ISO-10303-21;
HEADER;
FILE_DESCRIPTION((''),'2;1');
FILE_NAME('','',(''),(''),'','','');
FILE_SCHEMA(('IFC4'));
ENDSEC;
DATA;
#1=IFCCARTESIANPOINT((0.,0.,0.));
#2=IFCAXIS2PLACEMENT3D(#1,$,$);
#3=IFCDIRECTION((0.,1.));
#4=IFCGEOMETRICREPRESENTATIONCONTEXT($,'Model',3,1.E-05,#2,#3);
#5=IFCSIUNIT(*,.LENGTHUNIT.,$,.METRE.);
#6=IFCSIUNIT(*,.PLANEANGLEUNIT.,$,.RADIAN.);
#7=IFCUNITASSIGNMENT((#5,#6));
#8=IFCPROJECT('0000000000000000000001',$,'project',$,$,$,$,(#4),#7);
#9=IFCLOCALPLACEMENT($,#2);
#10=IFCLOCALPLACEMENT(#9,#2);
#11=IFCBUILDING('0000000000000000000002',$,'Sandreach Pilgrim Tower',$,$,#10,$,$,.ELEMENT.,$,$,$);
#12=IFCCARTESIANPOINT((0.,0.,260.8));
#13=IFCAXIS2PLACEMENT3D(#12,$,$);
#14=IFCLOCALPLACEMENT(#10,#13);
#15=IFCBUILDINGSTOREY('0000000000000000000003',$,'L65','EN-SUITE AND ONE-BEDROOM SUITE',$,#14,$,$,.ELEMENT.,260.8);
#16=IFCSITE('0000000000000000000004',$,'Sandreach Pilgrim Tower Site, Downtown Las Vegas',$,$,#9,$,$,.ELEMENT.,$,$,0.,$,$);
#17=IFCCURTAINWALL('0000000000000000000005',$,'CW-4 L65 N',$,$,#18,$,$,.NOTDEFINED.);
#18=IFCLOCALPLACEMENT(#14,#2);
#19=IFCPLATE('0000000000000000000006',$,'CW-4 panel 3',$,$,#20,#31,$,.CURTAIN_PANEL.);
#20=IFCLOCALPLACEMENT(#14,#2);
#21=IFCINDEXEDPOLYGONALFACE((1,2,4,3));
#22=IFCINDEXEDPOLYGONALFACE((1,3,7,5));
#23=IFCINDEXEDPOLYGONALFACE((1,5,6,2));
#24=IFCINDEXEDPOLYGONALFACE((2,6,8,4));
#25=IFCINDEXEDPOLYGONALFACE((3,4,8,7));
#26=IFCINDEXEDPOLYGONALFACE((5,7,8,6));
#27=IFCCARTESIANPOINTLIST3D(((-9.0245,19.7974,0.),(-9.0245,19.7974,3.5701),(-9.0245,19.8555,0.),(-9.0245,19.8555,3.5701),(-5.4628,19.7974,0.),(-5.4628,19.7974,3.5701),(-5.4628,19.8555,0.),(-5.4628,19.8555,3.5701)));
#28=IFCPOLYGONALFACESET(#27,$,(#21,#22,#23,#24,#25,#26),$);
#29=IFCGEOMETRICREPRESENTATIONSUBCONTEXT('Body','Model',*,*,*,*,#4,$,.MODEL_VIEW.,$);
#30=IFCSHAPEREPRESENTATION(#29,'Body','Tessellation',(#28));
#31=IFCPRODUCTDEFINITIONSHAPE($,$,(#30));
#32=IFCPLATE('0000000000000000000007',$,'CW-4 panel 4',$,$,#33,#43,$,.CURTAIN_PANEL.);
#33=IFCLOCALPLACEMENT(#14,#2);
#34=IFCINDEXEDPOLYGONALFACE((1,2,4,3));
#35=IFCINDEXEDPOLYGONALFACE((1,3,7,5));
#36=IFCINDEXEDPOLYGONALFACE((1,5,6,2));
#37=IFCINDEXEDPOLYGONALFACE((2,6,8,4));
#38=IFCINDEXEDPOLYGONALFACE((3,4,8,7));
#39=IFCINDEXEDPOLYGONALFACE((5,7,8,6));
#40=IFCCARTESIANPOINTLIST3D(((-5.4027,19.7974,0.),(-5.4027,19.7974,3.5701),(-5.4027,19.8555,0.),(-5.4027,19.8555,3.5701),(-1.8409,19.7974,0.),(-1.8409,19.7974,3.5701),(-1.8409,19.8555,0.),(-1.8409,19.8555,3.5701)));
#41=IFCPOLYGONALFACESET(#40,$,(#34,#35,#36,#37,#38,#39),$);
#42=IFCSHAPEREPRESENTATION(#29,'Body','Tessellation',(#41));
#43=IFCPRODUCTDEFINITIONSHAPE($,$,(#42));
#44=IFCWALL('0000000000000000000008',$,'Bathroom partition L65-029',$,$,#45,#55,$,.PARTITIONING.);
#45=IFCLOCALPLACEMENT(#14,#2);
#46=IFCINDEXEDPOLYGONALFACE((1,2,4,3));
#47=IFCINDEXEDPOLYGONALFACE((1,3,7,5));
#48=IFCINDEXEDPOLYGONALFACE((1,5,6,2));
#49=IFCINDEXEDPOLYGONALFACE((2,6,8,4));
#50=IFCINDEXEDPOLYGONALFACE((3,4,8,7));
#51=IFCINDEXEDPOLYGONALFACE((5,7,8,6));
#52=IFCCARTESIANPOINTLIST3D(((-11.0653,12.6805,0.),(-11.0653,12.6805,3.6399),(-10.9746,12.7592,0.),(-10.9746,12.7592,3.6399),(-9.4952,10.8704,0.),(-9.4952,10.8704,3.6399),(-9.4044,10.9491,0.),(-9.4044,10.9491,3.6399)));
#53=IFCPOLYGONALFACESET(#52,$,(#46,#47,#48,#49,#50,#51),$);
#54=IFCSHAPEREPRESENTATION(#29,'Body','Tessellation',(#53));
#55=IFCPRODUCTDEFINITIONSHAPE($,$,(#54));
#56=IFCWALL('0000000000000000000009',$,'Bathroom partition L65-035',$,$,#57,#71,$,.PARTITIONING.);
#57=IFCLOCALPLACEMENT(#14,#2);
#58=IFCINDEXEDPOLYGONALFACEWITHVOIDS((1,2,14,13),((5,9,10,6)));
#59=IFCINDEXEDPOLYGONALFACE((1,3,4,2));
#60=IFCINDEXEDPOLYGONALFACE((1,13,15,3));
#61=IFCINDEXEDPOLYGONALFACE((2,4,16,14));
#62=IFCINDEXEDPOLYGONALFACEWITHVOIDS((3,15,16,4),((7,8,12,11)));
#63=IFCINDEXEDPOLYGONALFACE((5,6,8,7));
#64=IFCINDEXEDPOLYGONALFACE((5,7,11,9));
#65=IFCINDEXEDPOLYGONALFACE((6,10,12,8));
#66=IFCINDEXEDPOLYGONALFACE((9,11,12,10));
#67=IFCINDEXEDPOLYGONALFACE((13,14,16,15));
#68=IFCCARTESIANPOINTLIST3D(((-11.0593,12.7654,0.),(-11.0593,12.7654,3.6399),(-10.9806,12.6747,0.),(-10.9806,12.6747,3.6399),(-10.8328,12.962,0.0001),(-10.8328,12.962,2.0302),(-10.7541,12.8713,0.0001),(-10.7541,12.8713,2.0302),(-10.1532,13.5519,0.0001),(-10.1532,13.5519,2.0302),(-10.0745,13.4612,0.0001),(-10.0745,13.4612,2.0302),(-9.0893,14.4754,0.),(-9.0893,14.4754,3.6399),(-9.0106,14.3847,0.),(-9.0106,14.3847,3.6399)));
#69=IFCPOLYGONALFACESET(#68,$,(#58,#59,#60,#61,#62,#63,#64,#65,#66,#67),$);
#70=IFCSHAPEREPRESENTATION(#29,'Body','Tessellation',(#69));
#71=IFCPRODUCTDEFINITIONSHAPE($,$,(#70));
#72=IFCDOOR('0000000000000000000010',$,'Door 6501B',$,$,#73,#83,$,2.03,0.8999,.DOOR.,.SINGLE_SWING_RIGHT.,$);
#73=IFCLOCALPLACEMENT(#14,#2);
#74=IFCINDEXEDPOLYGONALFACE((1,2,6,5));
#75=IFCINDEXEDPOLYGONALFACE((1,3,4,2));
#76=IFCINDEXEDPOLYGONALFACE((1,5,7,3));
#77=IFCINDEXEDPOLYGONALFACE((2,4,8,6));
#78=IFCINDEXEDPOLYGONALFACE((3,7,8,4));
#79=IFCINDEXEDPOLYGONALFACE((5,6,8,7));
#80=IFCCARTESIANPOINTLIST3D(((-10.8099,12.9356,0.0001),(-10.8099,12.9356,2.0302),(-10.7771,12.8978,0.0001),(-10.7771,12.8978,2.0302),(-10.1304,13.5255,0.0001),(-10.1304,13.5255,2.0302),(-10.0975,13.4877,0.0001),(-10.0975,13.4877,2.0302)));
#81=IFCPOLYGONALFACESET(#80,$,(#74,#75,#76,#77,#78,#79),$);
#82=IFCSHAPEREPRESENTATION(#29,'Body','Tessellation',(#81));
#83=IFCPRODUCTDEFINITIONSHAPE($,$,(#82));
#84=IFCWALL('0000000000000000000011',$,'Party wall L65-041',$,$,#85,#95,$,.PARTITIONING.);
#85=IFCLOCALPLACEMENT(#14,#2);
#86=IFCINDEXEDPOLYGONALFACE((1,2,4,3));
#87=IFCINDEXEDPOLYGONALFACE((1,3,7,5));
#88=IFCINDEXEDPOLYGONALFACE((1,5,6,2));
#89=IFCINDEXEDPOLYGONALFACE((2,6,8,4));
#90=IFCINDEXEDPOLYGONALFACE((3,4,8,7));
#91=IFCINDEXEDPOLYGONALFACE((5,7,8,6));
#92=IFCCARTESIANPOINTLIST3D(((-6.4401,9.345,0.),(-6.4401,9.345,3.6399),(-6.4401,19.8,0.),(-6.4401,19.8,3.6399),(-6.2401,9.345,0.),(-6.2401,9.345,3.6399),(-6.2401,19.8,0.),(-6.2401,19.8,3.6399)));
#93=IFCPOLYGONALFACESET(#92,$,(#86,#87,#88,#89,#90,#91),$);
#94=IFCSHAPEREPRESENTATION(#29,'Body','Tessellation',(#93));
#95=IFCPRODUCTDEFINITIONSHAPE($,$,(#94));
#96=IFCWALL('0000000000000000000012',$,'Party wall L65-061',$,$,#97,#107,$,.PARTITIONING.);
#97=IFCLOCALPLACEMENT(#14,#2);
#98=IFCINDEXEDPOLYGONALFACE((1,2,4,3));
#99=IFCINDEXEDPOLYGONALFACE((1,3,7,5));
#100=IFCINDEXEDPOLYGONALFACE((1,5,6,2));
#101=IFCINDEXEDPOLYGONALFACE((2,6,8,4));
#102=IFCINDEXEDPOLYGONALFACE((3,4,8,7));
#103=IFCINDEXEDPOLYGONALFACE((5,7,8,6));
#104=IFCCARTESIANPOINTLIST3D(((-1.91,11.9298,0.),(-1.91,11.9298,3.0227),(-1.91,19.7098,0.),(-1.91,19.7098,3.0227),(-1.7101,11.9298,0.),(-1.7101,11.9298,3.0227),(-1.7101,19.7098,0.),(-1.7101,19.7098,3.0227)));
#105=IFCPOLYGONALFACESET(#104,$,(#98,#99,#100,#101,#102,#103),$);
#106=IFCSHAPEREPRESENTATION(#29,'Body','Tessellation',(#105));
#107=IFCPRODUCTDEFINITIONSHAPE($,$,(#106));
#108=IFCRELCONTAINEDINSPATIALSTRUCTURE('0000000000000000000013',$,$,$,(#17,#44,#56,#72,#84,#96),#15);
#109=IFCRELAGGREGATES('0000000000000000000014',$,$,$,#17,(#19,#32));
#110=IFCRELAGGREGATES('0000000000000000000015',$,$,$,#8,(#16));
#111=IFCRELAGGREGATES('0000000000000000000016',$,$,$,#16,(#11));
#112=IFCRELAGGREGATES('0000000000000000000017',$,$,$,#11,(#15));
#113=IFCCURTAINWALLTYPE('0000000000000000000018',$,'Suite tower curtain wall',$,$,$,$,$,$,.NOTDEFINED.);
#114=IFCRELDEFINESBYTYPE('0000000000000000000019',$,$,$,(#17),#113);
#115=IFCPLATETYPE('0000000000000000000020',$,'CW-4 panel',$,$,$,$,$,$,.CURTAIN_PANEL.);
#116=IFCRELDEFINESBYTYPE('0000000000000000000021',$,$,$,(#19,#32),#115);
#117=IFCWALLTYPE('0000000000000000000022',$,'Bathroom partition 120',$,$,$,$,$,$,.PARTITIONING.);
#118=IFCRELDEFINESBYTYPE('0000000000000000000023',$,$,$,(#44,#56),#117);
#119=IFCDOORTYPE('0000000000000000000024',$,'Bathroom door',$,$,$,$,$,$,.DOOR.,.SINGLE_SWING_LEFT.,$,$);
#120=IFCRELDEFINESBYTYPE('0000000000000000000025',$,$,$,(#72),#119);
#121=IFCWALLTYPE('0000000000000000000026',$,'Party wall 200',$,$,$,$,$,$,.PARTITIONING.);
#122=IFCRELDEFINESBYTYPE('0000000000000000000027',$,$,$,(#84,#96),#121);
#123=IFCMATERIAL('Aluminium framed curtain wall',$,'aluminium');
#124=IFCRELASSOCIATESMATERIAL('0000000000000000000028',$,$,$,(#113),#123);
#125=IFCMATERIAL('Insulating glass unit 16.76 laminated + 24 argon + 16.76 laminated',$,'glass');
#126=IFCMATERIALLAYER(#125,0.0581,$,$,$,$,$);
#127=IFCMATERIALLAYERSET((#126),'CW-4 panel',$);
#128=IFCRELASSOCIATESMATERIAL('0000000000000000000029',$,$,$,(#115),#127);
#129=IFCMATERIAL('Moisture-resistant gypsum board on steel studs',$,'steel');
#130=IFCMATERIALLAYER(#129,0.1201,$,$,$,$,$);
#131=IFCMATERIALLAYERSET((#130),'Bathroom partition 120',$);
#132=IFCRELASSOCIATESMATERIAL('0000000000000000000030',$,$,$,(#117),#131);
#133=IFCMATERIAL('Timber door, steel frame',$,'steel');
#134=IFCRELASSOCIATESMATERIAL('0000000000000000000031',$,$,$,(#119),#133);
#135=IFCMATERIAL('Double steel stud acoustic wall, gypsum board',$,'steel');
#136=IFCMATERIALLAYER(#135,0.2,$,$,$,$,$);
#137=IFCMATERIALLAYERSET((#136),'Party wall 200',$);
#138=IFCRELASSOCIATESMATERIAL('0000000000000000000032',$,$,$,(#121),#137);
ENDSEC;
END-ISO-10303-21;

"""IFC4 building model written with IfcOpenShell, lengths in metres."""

from ifc_helpers import new_model, si_unit, direction, frame, frame_2d, origin, origin_2d, place, context, subcontext, project, spatial, rectangle, extrude, material, layer, layer_set, type_object, element, fill, aggregate, save


model = new_model("IFC4")

# Units and contexts
model_context = context("Model", 3, precision=1e-05, world=origin(), true_north=direction((0.0, 1.0)))
body_context = subcontext(model_context, "Body", "Model", "MODEL_VIEW")
ifc_project = project(units=[si_unit("LENGTHUNIT", "METRE"), si_unit("PLANEANGLEUNIT", "RADIAN")], contexts=[model_context])

# Site, building, storey
site_placement = place(None, origin())
site = spatial("IfcSite", under=ifc_project, at=site_placement, Name="Sandreach Pilgrim Tower Site, Downtown Las Vegas", CompositionType="ELEMENT", RefElevation=0.0)
building_placement = place(site_placement, origin())
building = spatial("IfcBuilding", under=site, at=building_placement, Name="Sandreach Pilgrim Tower", CompositionType="ELEMENT")
storey_placement = place(building_placement, frame((0.0, 0.0, 260.8)))
storey = spatial("IfcBuildingStorey", under=building, at=storey_placement, Name="L65", Description="EN-SUITE AND ONE-BEDROOM SUITE", CompositionType="ELEMENT", Elevation=260.8)

# Curtain wall
ifc_material_1 = material(Name="Aluminium framed curtain wall", Category="aluminium")
curtain_wall_type = type_object("IfcCurtainWallType", Name="Suite tower curtain wall", PredefinedType="NOTDEFINED", material=ifc_material_1)
curtain_wall_placement = place(storey_placement, origin())
curtain_wall = element("IfcCurtainWall", 1, at=curtain_wall_placement, inside=storey, type_object=curtain_wall_type, Name="CW-4 L65 N", PredefinedType="NOTDEFINED")

# Plates
ifc_material_2 = material(Name="Insulating glass unit 16.76 laminated + 24 argon + 16.76 laminated", Category="glass")
ifc_layer_1 = layer(ifc_material_2, 0.0581)
ifc_layer_set_1 = layer_set([ifc_layer_1], Name="CW-4 panel")
plate_type = type_object("IfcPlateType", Name="CW-4 panel", PredefinedType="CURTAIN_PANEL", material=ifc_layer_set_1)
plate_1_placement = place(storey_placement, frame((-7.2437, 19.8264, 0.0), z_axis=(0.0, 0.0, 1.0), x_axis=(1.0, 0.0, 0.0)))
plate_1 = element("IfcPlate", 2, at=plate_1_placement, type_object=plate_type, Name="CW-4 panel 3", PredefinedType="CURTAIN_PANEL", context=body_context, shape_type="SweptSolid", body=[
    extrude(rectangle(XDim=3.5618, YDim=0.0581, at=origin_2d()), origin(), (0.0, 0.0, 1.0), 3.5701),
])
plate_2_placement = place(storey_placement, frame((-3.6218, 19.8264, 0.0), z_axis=(0.0, 0.0, 1.0), x_axis=(1.0, 0.0, 0.0)))
plate_2 = element("IfcPlate", 3, at=plate_2_placement, type_object=plate_type, Name="CW-4 panel 4", PredefinedType="CURTAIN_PANEL", context=body_context, shape_type="SweptSolid", body=[
    extrude(rectangle(XDim=3.5618, YDim=0.0581, at=origin_2d()), origin(), (0.0, 0.0, 1.0), 3.5701),
])
aggregate(curtain_wall, [plate_1, plate_2])

# Wall
ifc_material_3 = material(Name="Moisture-resistant gypsum board on steel studs", Category="steel")
ifc_layer_2 = layer(ifc_material_3, 0.1201)
ifc_layer_set_2 = layer_set([ifc_layer_2], Name="Bathroom partition 120")
wall_type_1 = type_object("IfcWallType", Name="Bathroom partition 120", PredefinedType="PARTITIONING", material=ifc_layer_set_2)
wall_1_placement = place(storey_placement, frame((-11.02, 12.72, 0.0), z_axis=(0.0, 0.0, 1.0), x_axis=(0.655252, -0.75541, 0.0)))
element("IfcWall", 4, at=wall_1_placement, inside=storey, type_object=wall_type_1, Name="Bathroom partition L65-029", PredefinedType="PARTITIONING", context=body_context, shape_type="SweptSolid", body=[
    extrude(rectangle(XDim=2.3962, YDim=0.1201, at=frame_2d((1.1982, 0.0))), origin(), (0.0, 0.0, 1.0), 3.6399),
])

# Wall, opening, door
wall_2_placement = place(storey_placement, frame((-9.05, 14.4299, 0.0), z_axis=(0.0, 0.0, 1.0), x_axis=(-0.755186, -0.655511, 0.0)))
wall_2 = element("IfcWall", 5, at=wall_2_placement, inside=storey, type_object=wall_type_1, Name="Bathroom partition L65-035", PredefinedType="PARTITIONING", context=body_context, shape_type="SweptSolid", body=[
    extrude(rectangle(XDim=2.6086, YDim=0.1201, at=frame_2d((1.3042, 0.0))), origin(), (0.0, 0.0, 1.0), 3.6399),
])
opening_placement = place(wall_2_placement, frame((1.4087, 0.0, 0.0)))
opening = element("IfcOpeningElement", 6, at=opening_placement, cuts=wall_2, PredefinedType="OPENING", context=body_context, shape_type="SweptSolid", body=[
    extrude(rectangle(XDim=0.8999, YDim=2.03, at=frame_2d((0.45, 1.0151))), frame((0.0, 0.0601, 0.0), z_axis=(0.0, -1.0, 0.0), x_axis=(1.0, 0.0, 0.0)), (0.0, 0.0, 1.0), 0.1201),
])
ifc_material_4 = material(Name="Timber door, steel frame", Category="steel")
door_type = type_object("IfcDoorType", Name="Bathroom door", OperationType="SINGLE_SWING_LEFT", PredefinedType="DOOR", material=ifc_material_4)
door_placement = place(opening_placement, origin())
door = element("IfcDoor", 7, at=door_placement, inside=storey, type_object=door_type, Name="Door 6501B", OperationType="SINGLE_SWING_RIGHT", OverallHeight=2.03, OverallWidth=0.8999, PredefinedType="DOOR", context=body_context, shape_type="SweptSolid", body=[
    extrude(rectangle(XDim=0.8999, YDim=2.03, at=frame_2d((0.45, 1.0151))), frame((0.0, 0.0249, 0.0), z_axis=(0.0, -1.0, 0.0), x_axis=(1.0, 0.0, 0.0)), (0.0, 0.0, 1.0), 0.05),
])
fill(opening, door)

# Walls
ifc_material_5 = material(Name="Double steel stud acoustic wall, gypsum board", Category="steel")
ifc_layer_3 = layer(ifc_material_5, 0.2)
ifc_layer_set_3 = layer_set([ifc_layer_3], Name="Party wall 200")
wall_type_2 = type_object("IfcWallType", Name="Party wall 200", PredefinedType="PARTITIONING", material=ifc_layer_set_3)
wall_3_placement = place(storey_placement, frame((-6.3401, 19.8, 0.0), z_axis=(0.0, 0.0, 1.0), x_axis=(0.0, -1.0, 0.0)))
element("IfcWall", 8, at=wall_3_placement, inside=storey, type_object=wall_type_2, Name="Party wall L65-041", PredefinedType="PARTITIONING", context=body_context, shape_type="SweptSolid", body=[
    extrude(rectangle(XDim=10.4551, YDim=0.2, at=frame_2d((5.2275, 0.0))), origin(), (0.0, 0.0, 1.0), 3.6399),
])
wall_4_placement = place(storey_placement, frame((-1.8101, 19.71, 0.0), z_axis=(0.0, 0.0, 1.0), x_axis=(0.0, -1.0, 0.0)))
element("IfcWall", 9, at=wall_4_placement, inside=storey, type_object=wall_type_2, Name="Party wall L65-061", PredefinedType="PARTITIONING", context=body_context, shape_type="SweptSolid", body=[
    extrude(rectangle(XDim=7.78, YDim=0.2, at=frame_2d((3.8901, 0.0))), origin(), (0.0, 0.0, 1.0), 3.0227),
])

save(model, "model.ifc")
